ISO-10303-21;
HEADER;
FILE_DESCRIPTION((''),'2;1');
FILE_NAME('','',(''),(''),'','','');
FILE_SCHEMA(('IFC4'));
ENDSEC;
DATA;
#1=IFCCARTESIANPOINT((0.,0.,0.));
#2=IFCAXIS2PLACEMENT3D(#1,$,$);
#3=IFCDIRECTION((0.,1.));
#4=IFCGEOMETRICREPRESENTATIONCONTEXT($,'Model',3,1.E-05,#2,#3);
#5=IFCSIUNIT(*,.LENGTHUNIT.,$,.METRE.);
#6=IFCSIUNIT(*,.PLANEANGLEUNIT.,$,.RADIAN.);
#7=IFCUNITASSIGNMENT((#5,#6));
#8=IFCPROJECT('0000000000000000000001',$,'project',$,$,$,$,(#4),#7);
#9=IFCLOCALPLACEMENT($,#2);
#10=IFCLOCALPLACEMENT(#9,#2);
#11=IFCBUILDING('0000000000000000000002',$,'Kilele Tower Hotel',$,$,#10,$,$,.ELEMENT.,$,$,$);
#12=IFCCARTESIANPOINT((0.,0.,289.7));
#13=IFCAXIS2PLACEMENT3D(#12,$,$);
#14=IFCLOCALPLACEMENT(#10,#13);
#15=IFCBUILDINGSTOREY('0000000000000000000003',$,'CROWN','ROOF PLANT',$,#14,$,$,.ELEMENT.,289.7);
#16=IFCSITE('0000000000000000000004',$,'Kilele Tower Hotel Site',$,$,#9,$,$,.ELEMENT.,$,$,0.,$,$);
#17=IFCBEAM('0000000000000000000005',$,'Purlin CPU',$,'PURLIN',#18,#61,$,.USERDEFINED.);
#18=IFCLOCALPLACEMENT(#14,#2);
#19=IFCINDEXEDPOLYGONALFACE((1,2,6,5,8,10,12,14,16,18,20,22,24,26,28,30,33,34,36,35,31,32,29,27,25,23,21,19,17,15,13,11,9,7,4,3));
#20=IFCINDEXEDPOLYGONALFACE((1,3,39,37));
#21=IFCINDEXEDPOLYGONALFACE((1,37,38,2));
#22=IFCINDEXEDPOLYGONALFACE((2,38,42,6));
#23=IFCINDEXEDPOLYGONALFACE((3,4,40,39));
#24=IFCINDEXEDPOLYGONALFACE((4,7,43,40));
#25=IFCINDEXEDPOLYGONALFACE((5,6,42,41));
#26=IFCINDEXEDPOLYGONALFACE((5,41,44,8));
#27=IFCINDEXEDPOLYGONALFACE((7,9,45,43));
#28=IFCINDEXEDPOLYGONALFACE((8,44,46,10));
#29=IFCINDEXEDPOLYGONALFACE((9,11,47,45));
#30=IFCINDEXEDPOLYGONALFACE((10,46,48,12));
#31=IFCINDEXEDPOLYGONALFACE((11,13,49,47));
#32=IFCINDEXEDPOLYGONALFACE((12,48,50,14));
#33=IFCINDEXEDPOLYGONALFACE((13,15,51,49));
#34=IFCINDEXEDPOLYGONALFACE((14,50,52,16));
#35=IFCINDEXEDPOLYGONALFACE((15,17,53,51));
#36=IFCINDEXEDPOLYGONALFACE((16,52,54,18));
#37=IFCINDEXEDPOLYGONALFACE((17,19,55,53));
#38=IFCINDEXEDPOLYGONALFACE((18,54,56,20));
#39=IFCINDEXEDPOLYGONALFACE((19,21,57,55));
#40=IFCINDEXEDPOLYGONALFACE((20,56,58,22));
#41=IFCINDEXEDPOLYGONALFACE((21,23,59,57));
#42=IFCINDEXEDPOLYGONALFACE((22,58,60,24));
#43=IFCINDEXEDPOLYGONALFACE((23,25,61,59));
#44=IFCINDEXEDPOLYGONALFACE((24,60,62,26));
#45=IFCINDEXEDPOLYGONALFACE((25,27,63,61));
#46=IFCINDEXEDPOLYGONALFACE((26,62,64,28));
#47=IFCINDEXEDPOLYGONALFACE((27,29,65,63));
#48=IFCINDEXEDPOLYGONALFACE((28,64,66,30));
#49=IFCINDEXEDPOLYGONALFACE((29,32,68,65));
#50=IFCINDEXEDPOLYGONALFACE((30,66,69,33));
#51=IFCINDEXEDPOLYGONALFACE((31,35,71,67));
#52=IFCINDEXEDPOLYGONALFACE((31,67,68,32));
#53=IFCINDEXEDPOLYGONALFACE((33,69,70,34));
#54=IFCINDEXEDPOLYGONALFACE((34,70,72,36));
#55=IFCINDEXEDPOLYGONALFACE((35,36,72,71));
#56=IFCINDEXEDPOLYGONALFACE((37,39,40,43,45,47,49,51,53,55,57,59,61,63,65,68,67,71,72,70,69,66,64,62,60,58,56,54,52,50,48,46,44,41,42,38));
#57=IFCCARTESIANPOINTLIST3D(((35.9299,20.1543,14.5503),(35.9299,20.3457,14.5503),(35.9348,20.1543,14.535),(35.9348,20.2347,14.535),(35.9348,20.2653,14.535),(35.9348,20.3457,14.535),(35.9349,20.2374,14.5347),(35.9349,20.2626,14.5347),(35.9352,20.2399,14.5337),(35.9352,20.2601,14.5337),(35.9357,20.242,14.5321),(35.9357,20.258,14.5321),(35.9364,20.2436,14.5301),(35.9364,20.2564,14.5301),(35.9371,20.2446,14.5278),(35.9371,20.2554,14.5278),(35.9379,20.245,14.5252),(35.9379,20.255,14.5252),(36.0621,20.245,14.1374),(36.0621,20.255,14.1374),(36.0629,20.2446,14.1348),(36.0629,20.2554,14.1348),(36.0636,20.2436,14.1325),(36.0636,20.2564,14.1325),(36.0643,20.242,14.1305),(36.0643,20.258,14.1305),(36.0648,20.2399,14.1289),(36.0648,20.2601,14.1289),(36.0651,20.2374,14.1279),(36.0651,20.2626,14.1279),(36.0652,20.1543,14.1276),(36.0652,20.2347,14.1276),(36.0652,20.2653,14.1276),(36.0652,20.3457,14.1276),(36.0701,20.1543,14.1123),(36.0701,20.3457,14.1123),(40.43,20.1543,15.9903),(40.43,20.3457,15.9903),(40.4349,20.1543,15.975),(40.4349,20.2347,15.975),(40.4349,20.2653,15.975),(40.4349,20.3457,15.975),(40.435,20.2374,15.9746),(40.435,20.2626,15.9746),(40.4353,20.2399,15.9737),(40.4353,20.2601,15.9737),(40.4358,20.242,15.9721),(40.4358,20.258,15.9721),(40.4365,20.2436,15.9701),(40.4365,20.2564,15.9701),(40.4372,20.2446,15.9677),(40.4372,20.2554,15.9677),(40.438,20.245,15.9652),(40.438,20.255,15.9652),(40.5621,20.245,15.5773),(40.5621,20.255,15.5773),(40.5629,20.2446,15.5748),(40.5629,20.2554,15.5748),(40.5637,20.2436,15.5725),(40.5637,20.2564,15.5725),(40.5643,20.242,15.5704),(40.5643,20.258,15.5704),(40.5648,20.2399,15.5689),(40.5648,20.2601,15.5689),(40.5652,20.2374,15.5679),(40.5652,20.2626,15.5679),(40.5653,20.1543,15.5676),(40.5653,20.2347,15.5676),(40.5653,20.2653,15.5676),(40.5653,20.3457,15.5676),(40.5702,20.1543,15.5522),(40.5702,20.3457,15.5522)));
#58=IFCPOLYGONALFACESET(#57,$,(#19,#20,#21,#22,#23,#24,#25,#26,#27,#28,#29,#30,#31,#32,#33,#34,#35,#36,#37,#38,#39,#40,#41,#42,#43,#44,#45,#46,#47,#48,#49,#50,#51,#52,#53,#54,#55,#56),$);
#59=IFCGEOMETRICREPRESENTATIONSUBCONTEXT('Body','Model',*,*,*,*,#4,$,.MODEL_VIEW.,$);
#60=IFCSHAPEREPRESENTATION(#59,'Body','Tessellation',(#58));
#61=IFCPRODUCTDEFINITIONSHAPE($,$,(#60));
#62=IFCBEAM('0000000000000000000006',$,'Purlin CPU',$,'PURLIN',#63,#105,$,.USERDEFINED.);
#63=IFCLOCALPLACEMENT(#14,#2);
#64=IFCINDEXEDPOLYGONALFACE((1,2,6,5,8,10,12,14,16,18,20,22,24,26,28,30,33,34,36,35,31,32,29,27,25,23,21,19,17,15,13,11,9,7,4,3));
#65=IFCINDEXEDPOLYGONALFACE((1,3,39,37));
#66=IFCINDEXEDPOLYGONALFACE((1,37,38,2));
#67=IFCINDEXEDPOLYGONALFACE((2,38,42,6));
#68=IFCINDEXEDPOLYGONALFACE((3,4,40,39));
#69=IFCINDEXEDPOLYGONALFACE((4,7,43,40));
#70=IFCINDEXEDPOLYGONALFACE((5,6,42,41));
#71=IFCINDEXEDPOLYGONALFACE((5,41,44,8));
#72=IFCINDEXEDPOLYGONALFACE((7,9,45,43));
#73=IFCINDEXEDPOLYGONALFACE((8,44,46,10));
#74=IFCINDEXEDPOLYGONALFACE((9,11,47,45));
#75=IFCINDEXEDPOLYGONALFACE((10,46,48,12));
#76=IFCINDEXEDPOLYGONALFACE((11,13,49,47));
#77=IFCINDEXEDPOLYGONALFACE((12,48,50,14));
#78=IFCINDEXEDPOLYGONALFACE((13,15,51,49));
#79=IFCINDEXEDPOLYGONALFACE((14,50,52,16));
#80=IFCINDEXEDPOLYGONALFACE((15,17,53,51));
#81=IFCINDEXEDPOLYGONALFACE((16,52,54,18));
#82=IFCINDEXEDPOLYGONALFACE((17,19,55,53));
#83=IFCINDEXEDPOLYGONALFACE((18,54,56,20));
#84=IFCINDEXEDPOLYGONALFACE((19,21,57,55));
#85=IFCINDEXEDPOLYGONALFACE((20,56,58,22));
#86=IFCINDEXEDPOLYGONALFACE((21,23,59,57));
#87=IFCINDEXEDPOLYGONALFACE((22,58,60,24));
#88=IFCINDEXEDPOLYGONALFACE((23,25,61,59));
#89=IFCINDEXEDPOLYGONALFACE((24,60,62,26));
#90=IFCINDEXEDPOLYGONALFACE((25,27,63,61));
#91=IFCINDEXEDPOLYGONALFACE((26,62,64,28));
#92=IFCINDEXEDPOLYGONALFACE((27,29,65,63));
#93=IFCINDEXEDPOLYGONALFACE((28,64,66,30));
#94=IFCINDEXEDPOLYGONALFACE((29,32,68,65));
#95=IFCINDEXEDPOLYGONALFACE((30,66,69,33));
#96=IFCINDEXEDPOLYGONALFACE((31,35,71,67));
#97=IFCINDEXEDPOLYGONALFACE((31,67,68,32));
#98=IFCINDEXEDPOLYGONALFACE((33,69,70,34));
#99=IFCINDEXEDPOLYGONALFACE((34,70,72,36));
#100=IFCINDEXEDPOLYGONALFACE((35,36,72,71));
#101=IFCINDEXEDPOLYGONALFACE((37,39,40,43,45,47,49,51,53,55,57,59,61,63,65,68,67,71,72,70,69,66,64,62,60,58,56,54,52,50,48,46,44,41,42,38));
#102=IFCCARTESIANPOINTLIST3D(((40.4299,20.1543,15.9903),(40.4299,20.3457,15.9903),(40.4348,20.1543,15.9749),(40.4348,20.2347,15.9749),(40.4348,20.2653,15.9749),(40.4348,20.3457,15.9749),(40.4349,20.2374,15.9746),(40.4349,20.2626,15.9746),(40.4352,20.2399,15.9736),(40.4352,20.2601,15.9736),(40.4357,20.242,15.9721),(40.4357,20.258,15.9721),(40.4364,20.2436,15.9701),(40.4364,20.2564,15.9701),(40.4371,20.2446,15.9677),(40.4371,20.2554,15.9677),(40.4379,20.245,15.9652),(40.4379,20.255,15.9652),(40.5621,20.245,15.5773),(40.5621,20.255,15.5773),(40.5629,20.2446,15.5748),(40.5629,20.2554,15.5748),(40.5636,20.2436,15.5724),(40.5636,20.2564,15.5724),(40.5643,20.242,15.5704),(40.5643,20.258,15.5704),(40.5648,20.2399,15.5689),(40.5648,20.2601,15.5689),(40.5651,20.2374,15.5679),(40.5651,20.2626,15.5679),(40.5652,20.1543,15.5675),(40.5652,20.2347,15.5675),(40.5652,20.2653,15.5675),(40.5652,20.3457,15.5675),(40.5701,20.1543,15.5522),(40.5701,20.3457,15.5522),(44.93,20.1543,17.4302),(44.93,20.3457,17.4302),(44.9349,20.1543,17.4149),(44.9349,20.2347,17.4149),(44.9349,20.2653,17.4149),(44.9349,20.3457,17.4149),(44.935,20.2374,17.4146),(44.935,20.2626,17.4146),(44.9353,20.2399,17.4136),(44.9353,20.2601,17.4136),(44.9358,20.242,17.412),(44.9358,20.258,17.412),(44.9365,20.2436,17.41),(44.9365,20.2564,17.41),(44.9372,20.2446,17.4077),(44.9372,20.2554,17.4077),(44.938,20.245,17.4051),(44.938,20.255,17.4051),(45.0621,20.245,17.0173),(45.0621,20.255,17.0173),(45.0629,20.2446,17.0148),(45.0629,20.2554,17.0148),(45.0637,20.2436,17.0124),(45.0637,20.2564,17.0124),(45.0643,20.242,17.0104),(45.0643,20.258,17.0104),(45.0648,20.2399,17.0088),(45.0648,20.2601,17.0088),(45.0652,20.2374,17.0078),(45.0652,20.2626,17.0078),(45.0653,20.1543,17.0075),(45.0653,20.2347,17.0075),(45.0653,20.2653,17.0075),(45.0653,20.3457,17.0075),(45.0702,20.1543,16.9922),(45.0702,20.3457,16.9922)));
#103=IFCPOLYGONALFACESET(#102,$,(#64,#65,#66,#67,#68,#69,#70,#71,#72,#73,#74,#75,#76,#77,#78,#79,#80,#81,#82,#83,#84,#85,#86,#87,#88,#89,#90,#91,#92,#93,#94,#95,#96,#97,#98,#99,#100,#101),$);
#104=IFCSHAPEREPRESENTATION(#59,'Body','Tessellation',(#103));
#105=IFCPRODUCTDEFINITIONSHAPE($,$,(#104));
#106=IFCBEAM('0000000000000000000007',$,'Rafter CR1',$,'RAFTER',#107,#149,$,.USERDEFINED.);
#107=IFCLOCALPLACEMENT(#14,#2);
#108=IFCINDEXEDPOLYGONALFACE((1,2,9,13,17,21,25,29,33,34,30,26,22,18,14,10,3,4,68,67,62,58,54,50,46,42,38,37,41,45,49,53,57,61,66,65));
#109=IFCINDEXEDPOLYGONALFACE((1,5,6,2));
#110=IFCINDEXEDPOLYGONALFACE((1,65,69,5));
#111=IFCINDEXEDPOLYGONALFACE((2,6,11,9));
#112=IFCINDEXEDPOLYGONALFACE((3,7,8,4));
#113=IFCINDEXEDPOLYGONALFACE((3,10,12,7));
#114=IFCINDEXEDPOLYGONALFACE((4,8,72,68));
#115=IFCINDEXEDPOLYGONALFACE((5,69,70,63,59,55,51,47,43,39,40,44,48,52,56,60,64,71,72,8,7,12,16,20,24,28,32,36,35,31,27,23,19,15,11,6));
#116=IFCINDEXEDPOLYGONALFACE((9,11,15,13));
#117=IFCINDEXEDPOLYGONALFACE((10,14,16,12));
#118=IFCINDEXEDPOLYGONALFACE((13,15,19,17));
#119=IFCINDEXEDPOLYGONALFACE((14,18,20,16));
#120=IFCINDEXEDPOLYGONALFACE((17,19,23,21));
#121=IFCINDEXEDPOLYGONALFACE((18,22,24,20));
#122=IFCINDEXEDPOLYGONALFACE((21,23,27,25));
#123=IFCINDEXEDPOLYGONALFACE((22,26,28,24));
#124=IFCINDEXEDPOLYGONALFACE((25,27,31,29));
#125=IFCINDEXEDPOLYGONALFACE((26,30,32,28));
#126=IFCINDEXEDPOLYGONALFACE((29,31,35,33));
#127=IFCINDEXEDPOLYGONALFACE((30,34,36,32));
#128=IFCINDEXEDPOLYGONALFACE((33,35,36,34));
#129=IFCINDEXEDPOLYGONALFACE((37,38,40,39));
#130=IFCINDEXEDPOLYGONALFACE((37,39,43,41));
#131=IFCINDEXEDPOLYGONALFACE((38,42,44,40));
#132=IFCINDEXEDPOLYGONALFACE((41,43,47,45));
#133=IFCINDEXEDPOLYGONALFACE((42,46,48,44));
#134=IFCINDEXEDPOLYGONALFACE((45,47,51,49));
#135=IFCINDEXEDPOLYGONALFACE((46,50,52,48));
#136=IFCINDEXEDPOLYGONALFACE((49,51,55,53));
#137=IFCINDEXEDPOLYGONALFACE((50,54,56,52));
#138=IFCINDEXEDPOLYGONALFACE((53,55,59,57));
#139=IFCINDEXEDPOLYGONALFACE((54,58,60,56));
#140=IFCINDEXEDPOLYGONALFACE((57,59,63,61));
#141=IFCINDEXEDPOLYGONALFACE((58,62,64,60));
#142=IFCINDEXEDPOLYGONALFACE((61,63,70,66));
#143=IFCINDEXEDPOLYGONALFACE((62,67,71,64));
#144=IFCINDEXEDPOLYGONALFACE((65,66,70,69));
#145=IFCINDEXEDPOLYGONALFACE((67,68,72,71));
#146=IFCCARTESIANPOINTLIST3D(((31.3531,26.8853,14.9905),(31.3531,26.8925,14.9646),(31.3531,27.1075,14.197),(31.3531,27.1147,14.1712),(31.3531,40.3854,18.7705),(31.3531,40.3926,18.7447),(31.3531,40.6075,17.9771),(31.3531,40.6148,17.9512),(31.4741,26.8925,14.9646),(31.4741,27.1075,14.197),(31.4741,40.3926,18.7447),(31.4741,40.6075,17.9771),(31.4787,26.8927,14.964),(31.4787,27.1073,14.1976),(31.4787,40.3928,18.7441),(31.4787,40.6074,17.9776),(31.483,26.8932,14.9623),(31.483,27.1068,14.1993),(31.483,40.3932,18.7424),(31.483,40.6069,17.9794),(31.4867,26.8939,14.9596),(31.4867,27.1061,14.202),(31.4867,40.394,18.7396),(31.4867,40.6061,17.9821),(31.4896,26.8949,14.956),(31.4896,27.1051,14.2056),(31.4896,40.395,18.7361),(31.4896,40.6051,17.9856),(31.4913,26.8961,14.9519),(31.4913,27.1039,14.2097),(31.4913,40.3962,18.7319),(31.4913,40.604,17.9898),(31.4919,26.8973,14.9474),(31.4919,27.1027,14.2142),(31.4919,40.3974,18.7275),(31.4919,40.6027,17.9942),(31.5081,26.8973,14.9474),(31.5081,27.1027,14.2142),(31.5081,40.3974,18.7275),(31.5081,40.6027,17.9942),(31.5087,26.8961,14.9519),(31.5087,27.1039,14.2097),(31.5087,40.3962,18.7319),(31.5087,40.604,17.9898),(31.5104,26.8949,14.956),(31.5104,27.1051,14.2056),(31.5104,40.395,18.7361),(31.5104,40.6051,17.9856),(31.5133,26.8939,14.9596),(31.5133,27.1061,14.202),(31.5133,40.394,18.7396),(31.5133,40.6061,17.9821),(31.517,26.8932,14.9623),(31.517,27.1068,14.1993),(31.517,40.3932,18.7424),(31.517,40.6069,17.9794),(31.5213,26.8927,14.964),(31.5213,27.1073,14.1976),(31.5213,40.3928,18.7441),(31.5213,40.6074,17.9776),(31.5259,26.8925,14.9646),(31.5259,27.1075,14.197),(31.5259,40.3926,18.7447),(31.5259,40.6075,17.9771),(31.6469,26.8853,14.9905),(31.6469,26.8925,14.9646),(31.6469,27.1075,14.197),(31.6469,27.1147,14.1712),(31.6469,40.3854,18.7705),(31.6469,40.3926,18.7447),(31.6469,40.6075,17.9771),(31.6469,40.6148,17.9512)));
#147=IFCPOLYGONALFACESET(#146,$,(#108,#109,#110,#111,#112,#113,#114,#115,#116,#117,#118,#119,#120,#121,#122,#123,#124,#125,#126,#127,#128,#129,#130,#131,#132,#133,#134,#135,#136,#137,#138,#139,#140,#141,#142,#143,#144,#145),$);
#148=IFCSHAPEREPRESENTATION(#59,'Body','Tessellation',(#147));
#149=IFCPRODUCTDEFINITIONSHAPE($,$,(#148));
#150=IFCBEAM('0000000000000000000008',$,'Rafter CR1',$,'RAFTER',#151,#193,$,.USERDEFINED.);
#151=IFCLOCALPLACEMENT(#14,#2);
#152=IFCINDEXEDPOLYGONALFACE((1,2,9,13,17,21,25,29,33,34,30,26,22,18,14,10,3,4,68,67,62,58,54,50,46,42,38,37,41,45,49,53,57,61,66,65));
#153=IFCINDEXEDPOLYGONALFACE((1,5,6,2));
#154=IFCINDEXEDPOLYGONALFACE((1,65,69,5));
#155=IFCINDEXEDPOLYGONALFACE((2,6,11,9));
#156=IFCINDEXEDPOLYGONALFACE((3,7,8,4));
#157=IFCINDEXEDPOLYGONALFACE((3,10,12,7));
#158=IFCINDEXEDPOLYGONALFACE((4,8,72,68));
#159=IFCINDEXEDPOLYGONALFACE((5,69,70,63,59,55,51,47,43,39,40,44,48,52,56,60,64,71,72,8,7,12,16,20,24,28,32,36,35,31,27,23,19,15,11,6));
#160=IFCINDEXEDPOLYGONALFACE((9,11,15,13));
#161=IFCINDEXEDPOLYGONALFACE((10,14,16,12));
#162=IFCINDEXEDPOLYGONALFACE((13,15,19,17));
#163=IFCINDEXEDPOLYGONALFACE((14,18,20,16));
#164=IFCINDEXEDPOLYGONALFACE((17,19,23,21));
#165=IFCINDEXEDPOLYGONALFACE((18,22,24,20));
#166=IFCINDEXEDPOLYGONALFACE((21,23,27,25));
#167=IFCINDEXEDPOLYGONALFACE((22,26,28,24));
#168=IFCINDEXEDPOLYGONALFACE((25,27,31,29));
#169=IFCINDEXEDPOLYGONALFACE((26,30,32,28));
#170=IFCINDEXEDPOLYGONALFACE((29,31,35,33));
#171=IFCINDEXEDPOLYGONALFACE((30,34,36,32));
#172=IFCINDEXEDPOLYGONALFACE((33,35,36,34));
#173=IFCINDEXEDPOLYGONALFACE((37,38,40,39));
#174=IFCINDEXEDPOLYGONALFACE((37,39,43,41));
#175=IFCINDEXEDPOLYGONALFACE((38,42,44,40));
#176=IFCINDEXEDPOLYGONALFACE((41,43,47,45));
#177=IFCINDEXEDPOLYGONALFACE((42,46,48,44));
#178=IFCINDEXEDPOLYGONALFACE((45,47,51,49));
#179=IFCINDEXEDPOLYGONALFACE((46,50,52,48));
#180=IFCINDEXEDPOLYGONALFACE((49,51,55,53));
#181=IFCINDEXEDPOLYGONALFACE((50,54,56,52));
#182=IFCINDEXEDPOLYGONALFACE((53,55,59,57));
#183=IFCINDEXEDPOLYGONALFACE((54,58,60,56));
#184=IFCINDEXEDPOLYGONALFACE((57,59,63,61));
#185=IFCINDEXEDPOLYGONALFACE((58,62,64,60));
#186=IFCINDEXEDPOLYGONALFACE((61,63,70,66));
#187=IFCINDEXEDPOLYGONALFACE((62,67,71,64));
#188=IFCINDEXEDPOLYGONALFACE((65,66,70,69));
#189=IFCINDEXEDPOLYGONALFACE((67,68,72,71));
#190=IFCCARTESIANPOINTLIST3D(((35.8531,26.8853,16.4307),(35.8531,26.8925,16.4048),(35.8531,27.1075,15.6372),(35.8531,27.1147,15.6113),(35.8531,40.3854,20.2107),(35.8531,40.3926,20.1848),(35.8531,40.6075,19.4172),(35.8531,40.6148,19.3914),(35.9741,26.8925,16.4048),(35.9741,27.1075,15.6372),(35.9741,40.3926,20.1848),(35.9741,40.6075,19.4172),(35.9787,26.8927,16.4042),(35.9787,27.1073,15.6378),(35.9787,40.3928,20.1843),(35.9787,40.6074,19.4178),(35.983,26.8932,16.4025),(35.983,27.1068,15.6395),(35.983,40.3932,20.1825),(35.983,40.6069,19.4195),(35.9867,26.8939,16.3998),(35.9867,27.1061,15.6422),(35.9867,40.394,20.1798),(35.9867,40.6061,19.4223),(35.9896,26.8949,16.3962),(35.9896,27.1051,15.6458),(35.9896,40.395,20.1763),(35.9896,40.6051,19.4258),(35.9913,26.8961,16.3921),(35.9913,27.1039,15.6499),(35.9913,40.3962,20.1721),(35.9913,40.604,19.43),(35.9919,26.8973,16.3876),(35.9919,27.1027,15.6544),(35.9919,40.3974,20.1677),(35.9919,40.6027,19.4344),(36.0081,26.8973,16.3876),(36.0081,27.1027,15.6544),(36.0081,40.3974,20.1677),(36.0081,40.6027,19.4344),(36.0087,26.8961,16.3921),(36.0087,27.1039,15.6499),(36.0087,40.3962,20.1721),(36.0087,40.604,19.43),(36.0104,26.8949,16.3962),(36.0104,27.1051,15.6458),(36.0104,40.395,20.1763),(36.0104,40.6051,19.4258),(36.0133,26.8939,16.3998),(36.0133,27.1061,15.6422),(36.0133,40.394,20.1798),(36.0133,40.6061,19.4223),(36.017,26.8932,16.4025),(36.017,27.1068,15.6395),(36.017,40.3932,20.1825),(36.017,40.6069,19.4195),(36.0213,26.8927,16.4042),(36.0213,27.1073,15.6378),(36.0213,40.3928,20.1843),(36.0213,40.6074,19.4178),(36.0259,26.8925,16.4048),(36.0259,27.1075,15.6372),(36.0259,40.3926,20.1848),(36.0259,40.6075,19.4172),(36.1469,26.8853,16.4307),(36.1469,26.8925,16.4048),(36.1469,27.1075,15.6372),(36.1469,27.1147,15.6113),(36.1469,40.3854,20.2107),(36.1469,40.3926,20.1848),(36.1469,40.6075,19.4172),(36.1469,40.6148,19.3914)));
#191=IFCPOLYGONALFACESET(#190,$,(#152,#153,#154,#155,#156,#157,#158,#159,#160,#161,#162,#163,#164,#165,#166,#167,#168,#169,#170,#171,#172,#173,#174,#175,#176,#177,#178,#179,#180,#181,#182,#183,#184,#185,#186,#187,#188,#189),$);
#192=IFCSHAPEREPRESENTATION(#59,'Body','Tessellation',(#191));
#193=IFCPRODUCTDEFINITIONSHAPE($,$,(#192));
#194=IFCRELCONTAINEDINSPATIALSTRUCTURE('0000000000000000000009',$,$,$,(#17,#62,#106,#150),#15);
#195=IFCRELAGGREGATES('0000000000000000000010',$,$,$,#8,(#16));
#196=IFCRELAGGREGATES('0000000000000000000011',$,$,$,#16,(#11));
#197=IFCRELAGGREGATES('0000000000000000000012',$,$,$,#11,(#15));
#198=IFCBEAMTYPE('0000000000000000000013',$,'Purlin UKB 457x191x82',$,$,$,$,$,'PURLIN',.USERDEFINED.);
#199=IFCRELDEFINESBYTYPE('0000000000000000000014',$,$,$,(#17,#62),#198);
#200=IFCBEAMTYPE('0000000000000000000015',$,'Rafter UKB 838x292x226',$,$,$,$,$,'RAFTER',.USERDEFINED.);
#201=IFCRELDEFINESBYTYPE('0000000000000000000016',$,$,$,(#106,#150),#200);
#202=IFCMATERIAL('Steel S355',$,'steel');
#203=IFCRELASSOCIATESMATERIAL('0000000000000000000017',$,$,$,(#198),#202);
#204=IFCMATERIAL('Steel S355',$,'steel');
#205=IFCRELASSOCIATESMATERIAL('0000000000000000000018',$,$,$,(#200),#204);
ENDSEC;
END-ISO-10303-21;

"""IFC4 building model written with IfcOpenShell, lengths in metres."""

from ifc_helpers import new_model, si_unit, direction, frame, origin, origin_2d, place, context, subcontext, project, spatial, i_section, extrude, material, material_profile, profile_set, type_object, element, save


model = new_model("IFC4")

# Units and contexts
model_context = context("Model", 3, precision=1e-05, world=origin(), true_north=direction((0.0, 1.0)))
body_context = subcontext(model_context, "Body", "Model", "MODEL_VIEW")
ifc_project = project(units=[si_unit("LENGTHUNIT", "METRE"), si_unit("PLANEANGLEUNIT", "RADIAN")], contexts=[model_context])

# Site, building, storey
site_placement = place(None, origin())
site = spatial("IfcSite", under=ifc_project, at=site_placement, Name="Kilele Tower Hotel Site", CompositionType="ELEMENT", RefElevation=0.0)
building_placement = place(site_placement, origin())
building = spatial("IfcBuilding", under=site, at=building_placement, Name="Kilele Tower Hotel", CompositionType="ELEMENT")
storey_placement = place(building_placement, frame((0.0, 0.0, 289.7)))
storey = spatial("IfcBuildingStorey", under=building, at=storey_placement, Name="CROWN", Description="ROOF PLANT", CompositionType="ELEMENT", Elevation=289.7)

# Beams
ifc_material_1 = material(Name="Steel S355", Category="steel")
ifc_material_profile_1 = material_profile(ifc_material_1, i_section(OverallWidth=0.1914, OverallDepth=0.46, WebThickness=0.01, FlangeThickness=0.0161, FilletRadius=0.0103, at=origin_2d()))
ifc_profile_set_1 = profile_set([ifc_material_profile_1], Name="Steel S355")
beam_type_1 = type_object("IfcBeamType", Name="Purlin UKB 457x191x82", ElementType="PURLIN", PredefinedType="USERDEFINED", material=ifc_profile_set_1)
for number, where, z_axis, x_axis, name in (
    (1, (36.0, 20.25, 14.3313), (0.952428, 0.0, 0.304764), (0.0, 1.0, 0.0), "Purlin CPU"),
    (2, (40.5, 20.25, 15.7712), (0.952428, 0.0, 0.304764), (0.0, 1.0, 0.0), "Purlin CPU"),
):
    element("IfcBeam", number, at=place(storey_placement, frame(where, z_axis=z_axis, x_axis=x_axis)), inside=storey, type_object=beam_type_1, Name=name, ObjectType="PURLIN", PredefinedType="USERDEFINED", context=body_context, shape_type="SweptSolid", body=[
        extrude(i_section(OverallWidth=0.1914, OverallDepth=0.46, WebThickness=0.01, FlangeThickness=0.0161, FilletRadius=0.0103, at=origin_2d()), origin(), (0.0, 0.0, 1.0), 4.7249),
    ])
ifc_material_2 = material(Name="Steel S355", Category="steel")
ifc_material_profile_2 = material_profile(ifc_material_2, i_section(OverallWidth=0.2937, OverallDepth=0.8508, WebThickness=0.0161, FlangeThickness=0.0269, FilletRadius=0.0178, at=origin_2d()))
ifc_profile_set_2 = profile_set([ifc_material_profile_2], Name="Steel S355")
beam_type_2 = type_object("IfcBeamType", Name="Rafter UKB 838x292x226", ElementType="RAFTER", PredefinedType="USERDEFINED", material=ifc_profile_set_2)
for number, where, z_axis, x_axis, name in (
    (3, (31.5, 27.0, 14.5808), (0.0, 0.962963, 0.269632), (-1.0, 0.0, 0.0), "Rafter CR1"),
    (4, (36.0, 27.0, 16.021), (0.0, 0.962963, 0.269632), (-1.0, 0.0, 0.0), "Rafter CR1"),
):
    element("IfcBeam", number, at=place(storey_placement, frame(where, z_axis=z_axis, x_axis=x_axis)), inside=storey, type_object=beam_type_2, Name=name, ObjectType="RAFTER", PredefinedType="USERDEFINED", context=body_context, shape_type="SweptSolid", body=[
        extrude(i_section(OverallWidth=0.2937, OverallDepth=0.8508, WebThickness=0.0161, FlangeThickness=0.0269, FilletRadius=0.0178, at=origin_2d()), origin(), (0.0, 0.0, 1.0), 14.0193),
    ])

save(model, "model.ifc")
